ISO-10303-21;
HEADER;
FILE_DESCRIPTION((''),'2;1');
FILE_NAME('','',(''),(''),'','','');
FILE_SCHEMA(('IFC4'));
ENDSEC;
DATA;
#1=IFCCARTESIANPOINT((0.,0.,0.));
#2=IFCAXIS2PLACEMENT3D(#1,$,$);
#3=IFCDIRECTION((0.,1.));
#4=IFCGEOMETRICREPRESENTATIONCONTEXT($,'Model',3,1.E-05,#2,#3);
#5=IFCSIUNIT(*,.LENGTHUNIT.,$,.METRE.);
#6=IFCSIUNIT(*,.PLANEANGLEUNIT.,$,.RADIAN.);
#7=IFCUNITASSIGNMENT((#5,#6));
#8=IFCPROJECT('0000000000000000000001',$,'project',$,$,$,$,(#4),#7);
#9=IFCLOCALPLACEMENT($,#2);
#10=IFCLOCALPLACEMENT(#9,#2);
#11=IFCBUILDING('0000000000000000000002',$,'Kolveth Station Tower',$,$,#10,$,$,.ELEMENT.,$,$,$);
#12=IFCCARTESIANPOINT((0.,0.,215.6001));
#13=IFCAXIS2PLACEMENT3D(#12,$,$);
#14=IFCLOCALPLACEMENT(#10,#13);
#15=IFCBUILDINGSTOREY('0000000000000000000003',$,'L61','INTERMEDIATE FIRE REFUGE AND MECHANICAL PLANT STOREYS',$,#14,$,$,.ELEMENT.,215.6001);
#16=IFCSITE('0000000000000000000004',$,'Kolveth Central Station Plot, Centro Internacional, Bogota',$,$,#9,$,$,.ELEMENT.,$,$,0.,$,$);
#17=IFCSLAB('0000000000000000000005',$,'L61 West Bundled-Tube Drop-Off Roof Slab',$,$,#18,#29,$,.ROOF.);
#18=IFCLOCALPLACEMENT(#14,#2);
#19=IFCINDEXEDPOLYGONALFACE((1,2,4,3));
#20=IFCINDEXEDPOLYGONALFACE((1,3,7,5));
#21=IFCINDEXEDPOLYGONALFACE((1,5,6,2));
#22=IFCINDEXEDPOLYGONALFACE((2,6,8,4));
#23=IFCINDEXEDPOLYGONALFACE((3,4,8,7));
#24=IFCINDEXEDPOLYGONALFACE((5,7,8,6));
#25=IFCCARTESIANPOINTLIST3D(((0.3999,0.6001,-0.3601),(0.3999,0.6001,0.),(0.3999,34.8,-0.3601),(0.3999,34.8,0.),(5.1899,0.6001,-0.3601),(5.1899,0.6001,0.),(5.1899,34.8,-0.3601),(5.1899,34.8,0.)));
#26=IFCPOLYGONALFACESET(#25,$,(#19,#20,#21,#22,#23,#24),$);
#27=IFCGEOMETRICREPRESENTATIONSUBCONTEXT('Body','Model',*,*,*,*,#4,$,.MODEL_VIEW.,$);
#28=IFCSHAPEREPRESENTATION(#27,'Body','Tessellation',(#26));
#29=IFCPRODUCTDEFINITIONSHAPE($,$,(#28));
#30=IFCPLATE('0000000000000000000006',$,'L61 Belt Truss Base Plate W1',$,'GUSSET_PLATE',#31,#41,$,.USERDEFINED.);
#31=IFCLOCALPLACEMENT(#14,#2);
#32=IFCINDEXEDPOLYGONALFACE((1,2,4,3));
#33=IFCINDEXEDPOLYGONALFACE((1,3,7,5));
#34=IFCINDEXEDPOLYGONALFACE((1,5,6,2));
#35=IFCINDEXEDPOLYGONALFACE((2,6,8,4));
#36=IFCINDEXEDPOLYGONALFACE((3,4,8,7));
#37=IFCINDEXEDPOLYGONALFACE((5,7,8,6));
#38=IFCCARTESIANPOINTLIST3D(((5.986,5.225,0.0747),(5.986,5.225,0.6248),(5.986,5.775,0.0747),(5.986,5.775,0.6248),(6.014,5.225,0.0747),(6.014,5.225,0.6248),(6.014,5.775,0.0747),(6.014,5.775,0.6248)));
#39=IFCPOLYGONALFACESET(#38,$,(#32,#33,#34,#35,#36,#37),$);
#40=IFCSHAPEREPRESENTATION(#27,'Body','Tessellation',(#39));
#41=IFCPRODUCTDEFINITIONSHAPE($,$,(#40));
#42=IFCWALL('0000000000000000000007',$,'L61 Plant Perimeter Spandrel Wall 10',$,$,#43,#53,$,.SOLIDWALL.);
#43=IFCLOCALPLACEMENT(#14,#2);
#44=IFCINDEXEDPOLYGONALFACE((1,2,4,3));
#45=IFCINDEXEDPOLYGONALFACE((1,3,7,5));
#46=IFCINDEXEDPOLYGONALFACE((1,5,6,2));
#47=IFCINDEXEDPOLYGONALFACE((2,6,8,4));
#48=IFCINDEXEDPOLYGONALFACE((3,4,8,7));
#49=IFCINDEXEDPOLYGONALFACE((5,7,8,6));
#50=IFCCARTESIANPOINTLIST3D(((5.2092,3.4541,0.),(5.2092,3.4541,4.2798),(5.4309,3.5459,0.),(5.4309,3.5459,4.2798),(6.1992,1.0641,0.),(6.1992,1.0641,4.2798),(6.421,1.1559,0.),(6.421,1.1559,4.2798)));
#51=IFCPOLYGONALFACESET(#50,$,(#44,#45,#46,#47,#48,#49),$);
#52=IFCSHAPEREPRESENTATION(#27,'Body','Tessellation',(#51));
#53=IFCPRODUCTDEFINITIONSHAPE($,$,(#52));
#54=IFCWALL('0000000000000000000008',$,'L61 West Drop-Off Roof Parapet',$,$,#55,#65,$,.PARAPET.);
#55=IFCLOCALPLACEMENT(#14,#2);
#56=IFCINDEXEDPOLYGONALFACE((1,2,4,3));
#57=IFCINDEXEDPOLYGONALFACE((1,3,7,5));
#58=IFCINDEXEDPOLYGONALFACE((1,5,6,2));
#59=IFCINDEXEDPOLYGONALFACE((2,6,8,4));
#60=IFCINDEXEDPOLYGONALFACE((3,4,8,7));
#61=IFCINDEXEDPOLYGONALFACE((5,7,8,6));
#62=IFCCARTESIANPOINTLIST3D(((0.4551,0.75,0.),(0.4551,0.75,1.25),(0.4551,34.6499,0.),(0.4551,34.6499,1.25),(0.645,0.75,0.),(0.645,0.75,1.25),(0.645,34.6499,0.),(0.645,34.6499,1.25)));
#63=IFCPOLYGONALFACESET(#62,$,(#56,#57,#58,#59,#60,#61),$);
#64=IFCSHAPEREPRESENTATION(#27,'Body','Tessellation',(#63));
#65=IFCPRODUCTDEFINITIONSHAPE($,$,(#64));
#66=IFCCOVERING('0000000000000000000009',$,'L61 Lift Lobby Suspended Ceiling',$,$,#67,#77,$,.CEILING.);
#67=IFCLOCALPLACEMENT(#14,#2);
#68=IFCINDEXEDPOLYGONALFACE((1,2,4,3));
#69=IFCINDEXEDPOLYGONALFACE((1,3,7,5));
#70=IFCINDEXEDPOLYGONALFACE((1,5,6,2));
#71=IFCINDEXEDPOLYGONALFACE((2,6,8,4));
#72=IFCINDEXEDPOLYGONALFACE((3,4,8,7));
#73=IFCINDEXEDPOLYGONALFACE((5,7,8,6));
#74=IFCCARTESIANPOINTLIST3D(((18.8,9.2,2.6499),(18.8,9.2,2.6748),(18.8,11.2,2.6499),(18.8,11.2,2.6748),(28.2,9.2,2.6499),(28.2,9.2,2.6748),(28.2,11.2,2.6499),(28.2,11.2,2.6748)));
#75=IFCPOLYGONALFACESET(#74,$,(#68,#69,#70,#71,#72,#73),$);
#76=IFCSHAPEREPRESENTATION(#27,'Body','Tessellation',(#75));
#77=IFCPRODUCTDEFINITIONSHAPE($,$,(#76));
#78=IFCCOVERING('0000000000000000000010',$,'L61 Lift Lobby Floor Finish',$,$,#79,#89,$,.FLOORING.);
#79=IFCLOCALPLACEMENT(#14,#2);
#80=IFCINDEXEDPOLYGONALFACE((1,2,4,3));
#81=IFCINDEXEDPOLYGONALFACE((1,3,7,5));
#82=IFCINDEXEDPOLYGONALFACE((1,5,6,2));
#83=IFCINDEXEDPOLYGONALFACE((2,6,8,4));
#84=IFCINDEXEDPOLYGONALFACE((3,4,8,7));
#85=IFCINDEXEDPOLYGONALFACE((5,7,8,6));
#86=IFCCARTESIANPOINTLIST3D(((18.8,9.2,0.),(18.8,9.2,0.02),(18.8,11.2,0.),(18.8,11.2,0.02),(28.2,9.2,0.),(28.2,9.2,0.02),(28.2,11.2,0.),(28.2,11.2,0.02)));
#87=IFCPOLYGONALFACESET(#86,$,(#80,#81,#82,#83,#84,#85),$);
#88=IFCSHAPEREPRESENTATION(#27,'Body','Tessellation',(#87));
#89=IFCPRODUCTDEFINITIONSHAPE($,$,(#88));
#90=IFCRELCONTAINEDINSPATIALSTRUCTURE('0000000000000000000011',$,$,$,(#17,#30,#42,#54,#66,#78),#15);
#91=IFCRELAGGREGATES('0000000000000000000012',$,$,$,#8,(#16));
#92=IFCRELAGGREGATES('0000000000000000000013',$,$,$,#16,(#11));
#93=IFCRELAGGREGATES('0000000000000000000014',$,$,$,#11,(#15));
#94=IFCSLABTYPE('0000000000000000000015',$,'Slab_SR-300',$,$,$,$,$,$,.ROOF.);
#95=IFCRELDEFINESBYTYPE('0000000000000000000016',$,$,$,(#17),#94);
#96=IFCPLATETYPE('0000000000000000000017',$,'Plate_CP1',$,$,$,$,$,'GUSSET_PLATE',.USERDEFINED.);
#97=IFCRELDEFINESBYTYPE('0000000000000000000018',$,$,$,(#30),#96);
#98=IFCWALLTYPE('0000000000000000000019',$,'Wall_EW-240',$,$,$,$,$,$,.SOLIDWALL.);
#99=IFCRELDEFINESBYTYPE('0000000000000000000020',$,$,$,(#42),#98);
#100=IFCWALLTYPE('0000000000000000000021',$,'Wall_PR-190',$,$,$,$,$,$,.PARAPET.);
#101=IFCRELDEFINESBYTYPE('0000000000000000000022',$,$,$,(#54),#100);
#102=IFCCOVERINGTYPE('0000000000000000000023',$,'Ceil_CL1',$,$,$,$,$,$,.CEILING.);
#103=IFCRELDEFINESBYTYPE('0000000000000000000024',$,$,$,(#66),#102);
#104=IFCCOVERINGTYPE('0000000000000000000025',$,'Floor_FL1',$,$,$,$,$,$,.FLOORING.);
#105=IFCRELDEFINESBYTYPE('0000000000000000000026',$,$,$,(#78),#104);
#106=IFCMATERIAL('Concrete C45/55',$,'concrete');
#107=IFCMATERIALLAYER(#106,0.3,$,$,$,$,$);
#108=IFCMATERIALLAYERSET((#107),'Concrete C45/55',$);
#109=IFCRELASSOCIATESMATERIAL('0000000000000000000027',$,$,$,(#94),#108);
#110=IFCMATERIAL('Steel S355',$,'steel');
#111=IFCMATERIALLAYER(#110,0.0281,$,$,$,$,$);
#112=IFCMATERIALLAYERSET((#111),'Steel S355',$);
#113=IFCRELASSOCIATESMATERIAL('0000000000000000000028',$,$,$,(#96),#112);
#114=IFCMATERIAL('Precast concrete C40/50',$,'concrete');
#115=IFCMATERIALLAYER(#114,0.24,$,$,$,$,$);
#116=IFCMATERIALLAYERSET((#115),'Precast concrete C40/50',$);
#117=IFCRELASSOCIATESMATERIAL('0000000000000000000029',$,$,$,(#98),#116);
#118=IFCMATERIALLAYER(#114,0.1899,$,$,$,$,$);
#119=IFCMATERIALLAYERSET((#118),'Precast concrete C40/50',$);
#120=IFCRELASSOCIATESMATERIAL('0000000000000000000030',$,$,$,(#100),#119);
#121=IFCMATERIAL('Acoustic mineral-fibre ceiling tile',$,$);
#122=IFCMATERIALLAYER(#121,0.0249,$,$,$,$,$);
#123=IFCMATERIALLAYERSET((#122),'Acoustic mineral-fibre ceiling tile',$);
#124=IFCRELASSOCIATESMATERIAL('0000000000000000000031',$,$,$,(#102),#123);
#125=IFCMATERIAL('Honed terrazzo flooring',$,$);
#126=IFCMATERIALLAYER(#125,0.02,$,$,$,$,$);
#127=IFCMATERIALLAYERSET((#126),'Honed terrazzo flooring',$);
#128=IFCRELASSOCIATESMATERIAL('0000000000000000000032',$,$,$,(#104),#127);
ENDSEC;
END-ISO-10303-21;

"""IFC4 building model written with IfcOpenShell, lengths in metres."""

from ifc_helpers import new_model, si_unit, direction, frame, frame_2d, origin, origin_2d, place, context, subcontext, project, spatial, polyline, rectangle, outline, extrude, source, transform, mapped, material, layer, layer_set, type_object, element, save


model = new_model("IFC4")

# Units and contexts
model_context = context("Model", 3, precision=1e-05, world=origin(), true_north=direction((0.0, 1.0)))
body_context = subcontext(model_context, "Body", "Model", "MODEL_VIEW")
ifc_project = project(units=[si_unit("LENGTHUNIT", "METRE"), si_unit("PLANEANGLEUNIT", "RADIAN")], contexts=[model_context])

# Site, building, storey
site_placement = place(None, origin())
site = spatial("IfcSite", under=ifc_project, at=site_placement, Name="Kolveth Central Station Plot, Centro Internacional, Bogota", CompositionType="ELEMENT", RefElevation=0.0)
building_placement = place(site_placement, origin())
building = spatial("IfcBuilding", under=site, at=building_placement, Name="Kolveth Station Tower", CompositionType="ELEMENT")
storey_placement = place(building_placement, frame((0.0, 0.0, 215.6001)))
storey = spatial("IfcBuildingStorey", under=building, at=storey_placement, Name="L61", Description="INTERMEDIATE FIRE REFUGE AND MECHANICAL PLANT STOREYS", CompositionType="ELEMENT", Elevation=215.6001)

# Shared definitions
ifc_material_1 = material(Name="Steel S355", Category="steel")

# Slab
ifc_material_2 = material(Name="Concrete C45/55", Category="concrete")
ifc_layer_1 = layer(ifc_material_2, 0.3)
ifc_layer_set_1 = layer_set([ifc_layer_1], Name="Concrete C45/55")
slab_type_1 = type_object("IfcSlabType", Name="Slab_SR-300", PredefinedType="ROOF", material=ifc_layer_set_1)
slab_1_placement = place(storey_placement, frame((0.0, 0.0, -0.3601)))
element("IfcSlab", 1, at=slab_1_placement, inside=storey, type_object=slab_type_1, Name="L61 West Bundled-Tube Drop-Off Roof Slab", PredefinedType="ROOF", context=body_context, shape_type="SweptSolid", body=[
    extrude(outline(polyline([(0.3999, 0.6001), (5.1899, 0.6001), (5.1899, 34.8), (0.3999, 34.8), (0.3999, 0.6001)])), origin(), (0.0, 0.0, 1.0), 0.3601),
])

# Plate
ifc_layer_2 = layer(ifc_material_1, 0.0281)
ifc_layer_set_2 = layer_set([ifc_layer_2], Name="Steel S355")
plate_type = type_object("IfcPlateType", Name="Plate_CP1", ElementType="GUSSET_PLATE", PredefinedType="USERDEFINED", material=ifc_layer_set_2)
shared_shape_1 = source(origin(), body_context, "Body", "SweptSolid", [
    extrude(rectangle(XDim=0.0281, YDim=0.55, at=origin_2d()), origin(), (0.0, 0.0, 1.0), 0.55),
])
plate_placement = place(storey_placement, frame((6.0, 5.5, 0.0747), z_axis=(0.0, 0.0, 1.0), x_axis=(1.0, 0.0, 0.0)))
element("IfcPlate", 2, at=plate_placement, inside=storey, type_object=plate_type, Name="L61 Belt Truss Base Plate W1", ObjectType="GUSSET_PLATE", PredefinedType="USERDEFINED", context=body_context, shape_type="MappedRepresentation", body=[
    mapped(shared_shape_1, transform((0.0, 0.0, 0.0), x_axis=(1.0, 0.0, 0.0), y_axis=(0.0, 1.0, 0.0), z_axis=(0.0, 0.0, 1.0), scale=1.0)),
])

# Walls
ifc_material_3 = material(Name="Precast concrete C40/50", Category="concrete")
ifc_layer_3 = layer(ifc_material_3, 0.24)
ifc_layer_set_3 = layer_set([ifc_layer_3], Name="Precast concrete C40/50")
wall_type_1 = type_object("IfcWallType", Name="Wall_EW-240", PredefinedType="SOLIDWALL", material=ifc_layer_set_3)
wall_1_placement = place(storey_placement, frame((5.3201, 3.5, 0.0), z_axis=(0.0, 0.0, 1.0), x_axis=(0.382705, -0.923871, 0.0)))
element("IfcWall", 3, at=wall_1_placement, inside=storey, type_object=wall_type_1, Name="L61 Plant Perimeter Spandrel Wall 10", PredefinedType="SOLIDWALL", context=body_context, shape_type="SweptSolid", body=[
    extrude(rectangle(XDim=2.5869, YDim=0.24, at=frame_2d((1.2935, 0.0))), origin(), (0.0, 0.0, 1.0), 4.2798),
])
ifc_layer_4 = layer(ifc_material_3, 0.1899)
ifc_layer_set_4 = layer_set([ifc_layer_4], Name="Precast concrete C40/50")
wall_type_2 = type_object("IfcWallType", Name="Wall_PR-190", PredefinedType="PARAPET", material=ifc_layer_set_4)
wall_2_placement = place(storey_placement, frame((0.55, 0.75, 0.0), z_axis=(0.0, 0.0, 1.0), x_axis=(0.0, 1.0, 0.0)))
element("IfcWall", 4, at=wall_2_placement, inside=storey, type_object=wall_type_2, Name="L61 West Drop-Off Roof Parapet", PredefinedType="PARAPET", context=body_context, shape_type="SweptSolid", body=[
    extrude(rectangle(XDim=33.8999, YDim=0.1899, at=frame_2d((16.95, 0.0))), origin(), (0.0, 0.0, 1.0), 1.25),
])

# Coverings
ifc_material_4 = material(Name="Acoustic mineral-fibre ceiling tile")
ifc_layer_5 = layer(ifc_material_4, 0.0249)
ifc_layer_set_5 = layer_set([ifc_layer_5], Name="Acoustic mineral-fibre ceiling tile")
covering_type_1 = type_object("IfcCoveringType", Name="Ceil_CL1", PredefinedType="CEILING", material=ifc_layer_set_5)
covering_1_placement = place(storey_placement, frame((0.0, 0.0, 2.6499)))
element("IfcCovering", 5, at=covering_1_placement, inside=storey, type_object=covering_type_1, Name="L61 Lift Lobby Suspended Ceiling", PredefinedType="CEILING", context=body_context, shape_type="SweptSolid", body=[
    extrude(outline(polyline([(18.8, 9.2), (28.2, 9.2), (28.2, 11.2), (18.8, 11.2), (18.8, 9.2)])), origin(), (0.0, 0.0, 1.0), 0.0249),
])
ifc_material_5 = material(Name="Honed terrazzo flooring")
ifc_layer_6 = layer(ifc_material_5, 0.02)
ifc_layer_set_6 = layer_set([ifc_layer_6], Name="Honed terrazzo flooring")
covering_type_2 = type_object("IfcCoveringType", Name="Floor_FL1", PredefinedType="FLOORING", material=ifc_layer_set_6)
covering_2_placement = place(storey_placement, origin())
element("IfcCovering", 6, at=covering_2_placement, inside=storey, type_object=covering_type_2, Name="L61 Lift Lobby Floor Finish", PredefinedType="FLOORING", context=body_context, shape_type="SweptSolid", body=[
    extrude(outline(polyline([(18.8, 9.2), (28.2, 9.2), (28.2, 11.2), (18.8, 11.2), (18.8, 9.2)])), origin(), (0.0, 0.0, 1.0), 0.02),
])

save(model, "model.ifc")
